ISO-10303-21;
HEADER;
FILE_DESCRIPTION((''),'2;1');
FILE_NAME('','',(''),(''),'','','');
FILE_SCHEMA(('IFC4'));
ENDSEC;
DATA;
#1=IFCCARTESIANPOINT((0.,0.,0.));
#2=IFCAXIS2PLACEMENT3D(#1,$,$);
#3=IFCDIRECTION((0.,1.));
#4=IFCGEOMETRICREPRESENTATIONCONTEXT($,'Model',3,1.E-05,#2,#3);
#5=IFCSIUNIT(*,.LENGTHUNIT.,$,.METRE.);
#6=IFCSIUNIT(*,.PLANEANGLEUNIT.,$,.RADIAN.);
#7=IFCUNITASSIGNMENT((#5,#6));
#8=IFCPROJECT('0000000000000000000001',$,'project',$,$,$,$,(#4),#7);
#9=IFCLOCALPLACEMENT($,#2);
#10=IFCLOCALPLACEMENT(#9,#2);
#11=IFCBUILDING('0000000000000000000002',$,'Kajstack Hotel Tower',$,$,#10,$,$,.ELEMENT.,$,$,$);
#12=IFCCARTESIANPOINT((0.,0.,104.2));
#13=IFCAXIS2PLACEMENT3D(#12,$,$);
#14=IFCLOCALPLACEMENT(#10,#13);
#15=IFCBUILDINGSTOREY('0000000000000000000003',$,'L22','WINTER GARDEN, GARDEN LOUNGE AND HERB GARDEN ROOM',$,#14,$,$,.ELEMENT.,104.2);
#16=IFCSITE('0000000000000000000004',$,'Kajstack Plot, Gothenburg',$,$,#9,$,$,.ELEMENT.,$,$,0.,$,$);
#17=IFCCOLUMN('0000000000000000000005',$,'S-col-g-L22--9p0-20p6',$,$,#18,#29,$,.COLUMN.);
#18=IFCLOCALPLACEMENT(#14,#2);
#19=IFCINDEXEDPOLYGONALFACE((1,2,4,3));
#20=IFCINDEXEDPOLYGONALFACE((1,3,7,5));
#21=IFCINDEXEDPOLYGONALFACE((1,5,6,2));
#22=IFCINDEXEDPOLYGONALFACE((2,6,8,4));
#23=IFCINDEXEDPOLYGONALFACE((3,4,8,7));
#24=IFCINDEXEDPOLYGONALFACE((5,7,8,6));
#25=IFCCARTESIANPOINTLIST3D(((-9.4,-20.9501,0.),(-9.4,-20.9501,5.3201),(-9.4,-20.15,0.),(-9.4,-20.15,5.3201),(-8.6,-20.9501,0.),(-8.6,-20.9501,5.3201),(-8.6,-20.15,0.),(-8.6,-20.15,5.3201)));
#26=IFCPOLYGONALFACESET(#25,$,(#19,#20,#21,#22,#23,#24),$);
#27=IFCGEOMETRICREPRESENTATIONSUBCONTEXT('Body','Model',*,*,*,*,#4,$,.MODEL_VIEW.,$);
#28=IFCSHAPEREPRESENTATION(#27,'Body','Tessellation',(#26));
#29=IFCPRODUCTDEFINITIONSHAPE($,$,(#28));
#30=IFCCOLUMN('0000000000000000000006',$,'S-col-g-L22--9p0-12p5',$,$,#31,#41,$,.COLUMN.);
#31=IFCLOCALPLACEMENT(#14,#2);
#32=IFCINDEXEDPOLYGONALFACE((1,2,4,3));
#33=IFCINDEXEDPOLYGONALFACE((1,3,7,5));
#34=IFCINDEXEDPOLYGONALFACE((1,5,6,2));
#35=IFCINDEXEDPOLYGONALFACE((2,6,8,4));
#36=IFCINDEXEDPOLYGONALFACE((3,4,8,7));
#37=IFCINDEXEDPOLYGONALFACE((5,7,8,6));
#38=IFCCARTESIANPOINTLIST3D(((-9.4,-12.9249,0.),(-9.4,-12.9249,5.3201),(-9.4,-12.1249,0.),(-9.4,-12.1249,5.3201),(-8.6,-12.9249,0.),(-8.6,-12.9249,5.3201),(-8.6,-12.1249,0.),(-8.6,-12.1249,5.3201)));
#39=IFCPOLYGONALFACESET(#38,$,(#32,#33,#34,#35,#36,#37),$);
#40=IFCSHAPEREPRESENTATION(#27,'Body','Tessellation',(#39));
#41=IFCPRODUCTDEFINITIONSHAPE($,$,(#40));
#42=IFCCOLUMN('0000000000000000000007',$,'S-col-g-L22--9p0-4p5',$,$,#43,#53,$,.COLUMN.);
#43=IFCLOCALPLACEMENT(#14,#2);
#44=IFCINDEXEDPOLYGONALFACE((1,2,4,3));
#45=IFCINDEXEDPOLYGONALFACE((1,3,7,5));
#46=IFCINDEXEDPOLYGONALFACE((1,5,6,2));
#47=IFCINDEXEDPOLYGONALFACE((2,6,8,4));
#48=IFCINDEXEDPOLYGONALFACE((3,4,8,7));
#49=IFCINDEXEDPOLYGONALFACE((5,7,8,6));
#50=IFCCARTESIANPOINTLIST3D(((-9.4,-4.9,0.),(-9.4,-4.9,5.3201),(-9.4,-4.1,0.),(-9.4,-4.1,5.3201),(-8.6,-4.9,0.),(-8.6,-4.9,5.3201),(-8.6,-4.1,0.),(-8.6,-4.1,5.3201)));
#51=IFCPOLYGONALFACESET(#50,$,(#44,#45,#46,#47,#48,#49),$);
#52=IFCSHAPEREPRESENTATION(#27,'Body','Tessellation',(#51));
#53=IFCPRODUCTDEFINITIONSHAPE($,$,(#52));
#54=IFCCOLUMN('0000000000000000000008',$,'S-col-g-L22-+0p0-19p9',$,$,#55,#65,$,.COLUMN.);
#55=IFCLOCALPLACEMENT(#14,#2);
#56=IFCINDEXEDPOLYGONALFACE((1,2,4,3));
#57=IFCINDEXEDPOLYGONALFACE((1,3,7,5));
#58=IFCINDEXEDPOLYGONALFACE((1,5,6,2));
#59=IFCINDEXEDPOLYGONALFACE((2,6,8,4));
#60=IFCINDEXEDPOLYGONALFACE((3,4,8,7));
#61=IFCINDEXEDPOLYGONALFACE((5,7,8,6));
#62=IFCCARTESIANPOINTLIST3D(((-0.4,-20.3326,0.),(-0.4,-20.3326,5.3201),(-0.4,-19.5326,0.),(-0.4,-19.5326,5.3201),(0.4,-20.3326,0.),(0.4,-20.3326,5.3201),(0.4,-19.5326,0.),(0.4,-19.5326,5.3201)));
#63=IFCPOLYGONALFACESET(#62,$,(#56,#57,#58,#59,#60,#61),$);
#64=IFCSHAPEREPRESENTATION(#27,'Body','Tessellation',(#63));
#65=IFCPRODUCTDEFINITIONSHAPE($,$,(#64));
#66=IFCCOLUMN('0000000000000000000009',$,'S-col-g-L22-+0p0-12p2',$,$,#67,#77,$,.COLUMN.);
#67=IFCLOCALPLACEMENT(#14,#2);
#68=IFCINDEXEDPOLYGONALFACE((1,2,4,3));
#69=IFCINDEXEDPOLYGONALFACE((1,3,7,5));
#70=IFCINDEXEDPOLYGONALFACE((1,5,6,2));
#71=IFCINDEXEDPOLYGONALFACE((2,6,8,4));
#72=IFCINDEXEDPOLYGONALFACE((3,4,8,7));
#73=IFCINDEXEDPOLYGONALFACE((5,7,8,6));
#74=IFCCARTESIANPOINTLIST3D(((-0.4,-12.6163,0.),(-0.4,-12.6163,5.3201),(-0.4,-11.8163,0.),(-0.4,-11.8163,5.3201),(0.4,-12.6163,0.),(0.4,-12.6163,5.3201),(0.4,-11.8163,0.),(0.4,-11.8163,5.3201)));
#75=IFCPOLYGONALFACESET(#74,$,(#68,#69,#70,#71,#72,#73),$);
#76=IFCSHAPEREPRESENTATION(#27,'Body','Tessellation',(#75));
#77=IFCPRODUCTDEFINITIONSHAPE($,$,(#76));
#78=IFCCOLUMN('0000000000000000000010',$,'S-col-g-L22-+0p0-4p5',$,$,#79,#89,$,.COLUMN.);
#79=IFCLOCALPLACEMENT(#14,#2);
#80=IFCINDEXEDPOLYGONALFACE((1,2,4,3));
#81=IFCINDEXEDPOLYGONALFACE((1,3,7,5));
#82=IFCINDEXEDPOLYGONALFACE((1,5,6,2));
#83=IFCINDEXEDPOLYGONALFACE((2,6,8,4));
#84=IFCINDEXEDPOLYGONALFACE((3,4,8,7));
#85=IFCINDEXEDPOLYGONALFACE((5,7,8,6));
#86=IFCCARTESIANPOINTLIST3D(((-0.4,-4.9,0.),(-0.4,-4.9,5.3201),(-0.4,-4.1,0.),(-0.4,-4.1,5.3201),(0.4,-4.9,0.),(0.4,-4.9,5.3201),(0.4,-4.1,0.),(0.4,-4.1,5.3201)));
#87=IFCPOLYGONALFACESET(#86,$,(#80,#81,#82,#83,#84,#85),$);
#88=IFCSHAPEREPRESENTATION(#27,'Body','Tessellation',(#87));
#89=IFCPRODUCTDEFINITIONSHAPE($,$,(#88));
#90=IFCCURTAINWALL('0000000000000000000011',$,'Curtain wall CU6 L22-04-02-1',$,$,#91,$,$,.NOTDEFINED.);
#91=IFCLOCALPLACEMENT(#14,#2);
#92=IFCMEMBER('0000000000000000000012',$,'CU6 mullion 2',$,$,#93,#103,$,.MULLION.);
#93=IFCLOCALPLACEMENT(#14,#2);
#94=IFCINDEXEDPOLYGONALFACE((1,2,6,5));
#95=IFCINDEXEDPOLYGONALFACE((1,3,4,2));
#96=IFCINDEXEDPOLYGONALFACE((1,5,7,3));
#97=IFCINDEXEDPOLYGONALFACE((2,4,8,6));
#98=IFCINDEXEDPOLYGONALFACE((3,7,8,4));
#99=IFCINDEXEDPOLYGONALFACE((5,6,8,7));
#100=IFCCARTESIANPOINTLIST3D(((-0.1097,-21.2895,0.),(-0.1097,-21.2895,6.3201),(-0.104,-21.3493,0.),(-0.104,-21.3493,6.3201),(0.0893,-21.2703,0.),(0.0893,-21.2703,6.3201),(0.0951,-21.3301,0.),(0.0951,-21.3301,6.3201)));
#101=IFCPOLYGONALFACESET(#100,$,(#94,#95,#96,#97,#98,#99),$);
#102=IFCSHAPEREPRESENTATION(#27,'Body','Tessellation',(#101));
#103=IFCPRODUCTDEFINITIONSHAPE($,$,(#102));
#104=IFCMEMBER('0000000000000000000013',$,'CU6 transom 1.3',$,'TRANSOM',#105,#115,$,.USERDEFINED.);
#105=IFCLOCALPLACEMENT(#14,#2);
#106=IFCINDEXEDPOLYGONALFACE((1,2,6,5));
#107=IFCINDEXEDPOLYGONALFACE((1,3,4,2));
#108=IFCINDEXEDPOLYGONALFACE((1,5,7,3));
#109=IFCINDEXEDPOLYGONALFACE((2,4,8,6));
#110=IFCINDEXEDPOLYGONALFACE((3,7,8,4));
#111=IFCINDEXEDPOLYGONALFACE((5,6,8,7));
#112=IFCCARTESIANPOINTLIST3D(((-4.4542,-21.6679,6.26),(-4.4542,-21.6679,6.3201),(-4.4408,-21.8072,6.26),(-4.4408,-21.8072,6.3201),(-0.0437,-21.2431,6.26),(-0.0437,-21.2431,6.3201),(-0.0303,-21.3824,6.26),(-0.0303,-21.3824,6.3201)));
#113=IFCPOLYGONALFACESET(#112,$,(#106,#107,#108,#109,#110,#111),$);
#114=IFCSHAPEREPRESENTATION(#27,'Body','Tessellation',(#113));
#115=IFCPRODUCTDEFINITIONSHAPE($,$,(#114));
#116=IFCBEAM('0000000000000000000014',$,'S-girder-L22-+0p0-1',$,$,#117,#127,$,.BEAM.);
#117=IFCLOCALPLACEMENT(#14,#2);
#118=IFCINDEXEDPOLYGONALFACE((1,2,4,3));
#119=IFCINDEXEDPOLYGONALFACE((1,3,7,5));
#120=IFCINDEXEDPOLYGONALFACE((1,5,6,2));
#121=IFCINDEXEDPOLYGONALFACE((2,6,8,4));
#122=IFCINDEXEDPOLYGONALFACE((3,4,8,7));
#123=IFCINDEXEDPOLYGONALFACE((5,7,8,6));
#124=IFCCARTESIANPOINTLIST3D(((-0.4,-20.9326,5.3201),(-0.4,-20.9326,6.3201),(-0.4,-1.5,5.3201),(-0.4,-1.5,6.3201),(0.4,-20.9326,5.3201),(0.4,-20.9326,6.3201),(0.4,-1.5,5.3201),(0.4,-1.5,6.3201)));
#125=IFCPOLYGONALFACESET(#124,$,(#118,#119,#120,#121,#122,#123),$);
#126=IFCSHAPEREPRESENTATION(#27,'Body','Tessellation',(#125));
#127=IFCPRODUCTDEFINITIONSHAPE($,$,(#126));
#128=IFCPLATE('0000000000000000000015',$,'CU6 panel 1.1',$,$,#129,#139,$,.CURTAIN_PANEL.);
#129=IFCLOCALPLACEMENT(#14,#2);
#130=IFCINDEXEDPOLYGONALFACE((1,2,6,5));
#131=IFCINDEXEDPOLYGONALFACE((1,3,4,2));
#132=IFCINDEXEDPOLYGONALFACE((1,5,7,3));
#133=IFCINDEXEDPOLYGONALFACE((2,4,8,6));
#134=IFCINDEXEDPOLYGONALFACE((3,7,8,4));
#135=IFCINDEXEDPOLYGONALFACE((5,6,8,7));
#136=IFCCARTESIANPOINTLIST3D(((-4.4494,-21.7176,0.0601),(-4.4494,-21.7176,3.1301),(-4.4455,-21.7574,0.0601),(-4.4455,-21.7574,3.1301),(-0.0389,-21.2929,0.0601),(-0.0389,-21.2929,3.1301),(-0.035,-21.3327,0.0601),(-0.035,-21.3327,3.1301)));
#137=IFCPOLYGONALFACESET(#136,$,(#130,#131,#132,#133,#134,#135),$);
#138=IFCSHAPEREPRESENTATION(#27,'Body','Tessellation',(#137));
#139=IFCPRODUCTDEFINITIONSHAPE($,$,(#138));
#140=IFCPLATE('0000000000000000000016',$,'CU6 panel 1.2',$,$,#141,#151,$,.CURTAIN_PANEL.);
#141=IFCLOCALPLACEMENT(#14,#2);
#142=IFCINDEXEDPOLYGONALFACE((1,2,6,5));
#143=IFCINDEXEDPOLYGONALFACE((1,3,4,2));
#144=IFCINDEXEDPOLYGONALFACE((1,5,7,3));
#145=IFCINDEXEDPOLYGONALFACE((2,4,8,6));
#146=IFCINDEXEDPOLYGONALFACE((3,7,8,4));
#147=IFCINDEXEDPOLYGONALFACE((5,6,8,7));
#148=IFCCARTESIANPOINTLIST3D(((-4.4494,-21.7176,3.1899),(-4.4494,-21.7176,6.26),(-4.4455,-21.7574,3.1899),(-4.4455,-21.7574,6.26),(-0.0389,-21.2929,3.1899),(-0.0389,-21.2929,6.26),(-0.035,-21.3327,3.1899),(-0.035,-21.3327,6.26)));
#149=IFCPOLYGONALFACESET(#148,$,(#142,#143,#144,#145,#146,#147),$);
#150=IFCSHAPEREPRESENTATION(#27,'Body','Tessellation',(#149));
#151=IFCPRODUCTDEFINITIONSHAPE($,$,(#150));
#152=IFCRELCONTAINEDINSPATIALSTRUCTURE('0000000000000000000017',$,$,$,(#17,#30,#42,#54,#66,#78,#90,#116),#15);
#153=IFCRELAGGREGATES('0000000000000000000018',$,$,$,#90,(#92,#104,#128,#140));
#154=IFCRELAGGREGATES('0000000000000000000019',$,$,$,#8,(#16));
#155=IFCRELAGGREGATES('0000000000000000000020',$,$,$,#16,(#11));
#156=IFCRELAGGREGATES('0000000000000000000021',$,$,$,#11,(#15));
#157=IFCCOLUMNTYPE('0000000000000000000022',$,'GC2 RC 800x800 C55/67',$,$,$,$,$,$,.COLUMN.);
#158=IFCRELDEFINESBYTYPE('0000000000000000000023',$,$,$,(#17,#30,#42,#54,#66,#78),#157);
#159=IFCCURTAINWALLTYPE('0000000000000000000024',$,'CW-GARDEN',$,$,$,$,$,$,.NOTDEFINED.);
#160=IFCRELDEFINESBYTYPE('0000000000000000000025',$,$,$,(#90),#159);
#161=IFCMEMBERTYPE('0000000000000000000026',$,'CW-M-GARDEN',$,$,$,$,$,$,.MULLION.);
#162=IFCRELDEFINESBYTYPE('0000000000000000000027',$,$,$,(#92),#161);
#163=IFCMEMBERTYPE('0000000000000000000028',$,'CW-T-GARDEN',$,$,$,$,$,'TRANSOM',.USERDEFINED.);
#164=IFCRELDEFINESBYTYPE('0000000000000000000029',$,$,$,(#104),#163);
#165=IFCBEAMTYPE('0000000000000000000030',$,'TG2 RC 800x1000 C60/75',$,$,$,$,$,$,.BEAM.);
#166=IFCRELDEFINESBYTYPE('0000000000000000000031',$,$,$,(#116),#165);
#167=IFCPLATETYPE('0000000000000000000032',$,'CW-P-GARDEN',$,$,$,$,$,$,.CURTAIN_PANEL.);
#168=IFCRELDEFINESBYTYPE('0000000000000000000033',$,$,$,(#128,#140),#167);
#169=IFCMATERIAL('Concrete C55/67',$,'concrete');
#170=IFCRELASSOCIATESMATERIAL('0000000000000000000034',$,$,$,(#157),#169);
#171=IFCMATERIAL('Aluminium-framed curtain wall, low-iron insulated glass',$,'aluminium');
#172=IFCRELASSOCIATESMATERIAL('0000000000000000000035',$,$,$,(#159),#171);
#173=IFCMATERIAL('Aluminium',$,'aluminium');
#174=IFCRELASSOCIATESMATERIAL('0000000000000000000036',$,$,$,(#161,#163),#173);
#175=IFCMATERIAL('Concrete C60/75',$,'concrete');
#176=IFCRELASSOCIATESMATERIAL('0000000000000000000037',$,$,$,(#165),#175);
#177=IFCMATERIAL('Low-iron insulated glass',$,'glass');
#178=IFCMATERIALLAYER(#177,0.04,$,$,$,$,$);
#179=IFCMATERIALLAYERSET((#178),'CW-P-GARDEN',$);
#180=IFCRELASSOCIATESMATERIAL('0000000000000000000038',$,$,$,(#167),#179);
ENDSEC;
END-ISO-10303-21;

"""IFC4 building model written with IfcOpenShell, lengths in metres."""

from ifc_helpers import new_model, si_unit, direction, frame, origin, origin_2d, place, context, subcontext, project, spatial, rectangle, extrude, material, layer, layer_set, material_profile, profile_set, type_object, element, aggregate, save


model = new_model("IFC4")

# Units and contexts
model_context = context("Model", 3, precision=1e-05, world=origin(), true_north=direction((0.0, 1.0)))
body_context = subcontext(model_context, "Body", "Model", "MODEL_VIEW")
ifc_project = project(units=[si_unit("LENGTHUNIT", "METRE"), si_unit("PLANEANGLEUNIT", "RADIAN")], contexts=[model_context])

# Site, building, storey
site_placement = place(None, origin())
site = spatial("IfcSite", under=ifc_project, at=site_placement, Name="Kajstack Plot, Gothenburg", CompositionType="ELEMENT", RefElevation=0.0)
building_placement = place(site_placement, origin())
building = spatial("IfcBuilding", under=site, at=building_placement, Name="Kajstack Hotel Tower", CompositionType="ELEMENT")
storey_placement = place(building_placement, frame((0.0, 0.0, 104.2)))
storey = spatial("IfcBuildingStorey", under=building, at=storey_placement, Name="L22", Description="WINTER GARDEN, GARDEN LOUNGE AND HERB GARDEN ROOM", CompositionType="ELEMENT", Elevation=104.2)

# Columns
ifc_material_1 = material(Name="Concrete C55/67", Category="concrete")
ifc_material_profile_1 = material_profile(ifc_material_1, rectangle(XDim=0.8, YDim=0.8, at=origin_2d()), Name="RC 800x800")
ifc_profile_set_1 = profile_set([ifc_material_profile_1], Name="Concrete C55/67")
column_type = type_object("IfcColumnType", Name="GC2 RC 800x800 C55/67", PredefinedType="COLUMN", material=ifc_profile_set_1)
for number, where, z_axis, x_axis, name in (
    (1, (-9.0, -20.55, 0.0), (0.0, 0.0, 1.0), (1.0, 0.0, 0.0), "S-col-g-L22--9p0-20p6"),
    (2, (-9.0, -12.5249, 0.0), (0.0, 0.0, 1.0), (1.0, 0.0, 0.0), "S-col-g-L22--9p0-12p5"),
    (3, (-9.0, -4.5, 0.0), (0.0, 0.0, 1.0), (1.0, 0.0, 0.0), "S-col-g-L22--9p0-4p5"),
    (4, (0.0, -19.9326, 0.0), (0.0, 0.0, 1.0), (1.0, 0.0, 0.0), "S-col-g-L22-+0p0-19p9"),
    (5, (0.0, -12.2163, 0.0), (0.0, 0.0, 1.0), (1.0, 0.0, 0.0), "S-col-g-L22-+0p0-12p2"),
    (6, (0.0, -4.5, 0.0), (0.0, 0.0, 1.0), (1.0, 0.0, 0.0), "S-col-g-L22-+0p0-4p5"),
):
    element("IfcColumn", number, at=place(storey_placement, frame(where, z_axis=z_axis, x_axis=x_axis)), inside=storey, type_object=column_type, Name=name, PredefinedType="COLUMN", context=body_context, shape_type="SweptSolid", body=[
        extrude(rectangle(XDim=0.8, YDim=0.8, at=origin_2d()), origin(), (0.0, 0.0, 1.0), 5.3201),
    ])

# Curtain wall, members
ifc_material_2 = material(Name="Aluminium-framed curtain wall, low-iron insulated glass", Category="aluminium")
curtain_wall_type = type_object("IfcCurtainWallType", Name="CW-GARDEN", PredefinedType="NOTDEFINED", material=ifc_material_2)
curtain_wall_placement = place(storey_placement, origin())
curtain_wall = element("IfcCurtainWall", 7, at=curtain_wall_placement, inside=storey, type_object=curtain_wall_type, Name="Curtain wall CU6 L22-04-02-1", PredefinedType="NOTDEFINED")
ifc_material_3 = material(Name="Aluminium", Category="aluminium")
ifc_material_profile_2 = material_profile(ifc_material_3, rectangle(XDim=0.0601, YDim=0.2, at=origin_2d()), Name="Aluminium mullion 60 x 200")
ifc_profile_set_2 = profile_set([ifc_material_profile_2], Name="Aluminium")
member_type_1 = type_object("IfcMemberType", Name="CW-M-GARDEN", PredefinedType="MULLION", material=ifc_profile_set_2)
member_1_placement = place(storey_placement, frame((-0.0073, -21.3098, 0.0), z_axis=(0.0, 0.0, 1.0), x_axis=(-0.095846, 0.995396, 0.0)))
member_1 = element("IfcMember", 8, at=member_1_placement, type_object=member_type_1, Name="CU6 mullion 2", PredefinedType="MULLION", context=body_context, shape_type="SweptSolid", body=[
    extrude(rectangle(XDim=0.0601, YDim=0.2, at=origin_2d()), origin(), (0.0, 0.0, 1.0), 6.3201),
])
ifc_material_profile_3 = material_profile(ifc_material_3, rectangle(XDim=0.1399, YDim=0.0601, at=origin_2d()), Name="Aluminium transom 140 x 60")
ifc_profile_set_3 = profile_set([ifc_material_profile_3], Name="Aluminium")
member_type_2 = type_object("IfcMemberType", Name="CW-T-GARDEN", ElementType="TRANSOM", PredefinedType="USERDEFINED", material=ifc_profile_set_3)
member_2_placement = place(storey_placement, frame((-4.4475, -21.7375, 6.29), z_axis=(0.995393, 0.095875, 0.0), x_axis=(-0.095875, 0.995393, 0.0)))
member_2 = element("IfcMember", 9, at=member_2_placement, type_object=member_type_2, Name="CU6 transom 1.3", ObjectType="TRANSOM", PredefinedType="USERDEFINED", context=body_context, shape_type="SweptSolid", body=[
    extrude(rectangle(XDim=0.1399, YDim=0.0601, at=origin_2d()), origin(), (0.0, 0.0, 1.0), 4.4309),
])

# Beam
ifc_material_4 = material(Name="Concrete C60/75", Category="concrete")
ifc_material_profile_4 = material_profile(ifc_material_4, rectangle(XDim=0.8, YDim=1.0, at=origin_2d()), Name="RC 800x1000")
ifc_profile_set_4 = profile_set([ifc_material_profile_4], Name="Concrete C60/75")
beam_type = type_object("IfcBeamType", Name="TG2 RC 800x1000 C60/75", PredefinedType="BEAM", material=ifc_profile_set_4)
beam_placement = place(storey_placement, frame((0.0, -20.9326, 5.8201), z_axis=(0.0, 1.0, 0.0), x_axis=(-1.0, 0.0, 0.0)))
element("IfcBeam", 10, at=beam_placement, inside=storey, type_object=beam_type, Name="S-girder-L22-+0p0-1", PredefinedType="BEAM", context=body_context, shape_type="SweptSolid", body=[
    extrude(rectangle(XDim=0.8, YDim=1.0, at=origin_2d()), origin(), (0.0, 0.0, 1.0), 19.4326),
])

# Plates
ifc_material_5 = material(Name="Low-iron insulated glass", Category="glass")
ifc_layer_1 = layer(ifc_material_5, 0.04)
ifc_layer_set_1 = layer_set([ifc_layer_1], Name="CW-P-GARDEN")
plate_type = type_object("IfcPlateType", Name="CW-P-GARDEN", PredefinedType="CURTAIN_PANEL", material=ifc_layer_set_1)
plate_1_placement = place(storey_placement, frame((-2.2422, -21.5251, 0.0601), z_axis=(0.0, 0.0, 1.0), x_axis=(0.995396, 0.095846, 0.0)))
plate_1 = element("IfcPlate", 11, at=plate_1_placement, type_object=plate_type, Name="CU6 panel 1.1", PredefinedType="CURTAIN_PANEL", context=body_context, shape_type="SweptSolid", body=[
    extrude(rectangle(XDim=4.4309, YDim=0.04, at=origin_2d()), origin(), (0.0, 0.0, 1.0), 3.0701),
])
plate_2_placement = place(storey_placement, frame((-2.2422, -21.5251, 3.1899), z_axis=(0.0, 0.0, 1.0), x_axis=(0.995396, 0.095846, 0.0)))
plate_2 = element("IfcPlate", 12, at=plate_2_placement, type_object=plate_type, Name="CU6 panel 1.2", PredefinedType="CURTAIN_PANEL", context=body_context, shape_type="SweptSolid", body=[
    extrude(rectangle(XDim=4.4309, YDim=0.04, at=origin_2d()), origin(), (0.0, 0.0, 1.0), 3.0701),
])
aggregate(curtain_wall, [member_1, member_2, plate_1, plate_2])

save(model, "model.ifc")
